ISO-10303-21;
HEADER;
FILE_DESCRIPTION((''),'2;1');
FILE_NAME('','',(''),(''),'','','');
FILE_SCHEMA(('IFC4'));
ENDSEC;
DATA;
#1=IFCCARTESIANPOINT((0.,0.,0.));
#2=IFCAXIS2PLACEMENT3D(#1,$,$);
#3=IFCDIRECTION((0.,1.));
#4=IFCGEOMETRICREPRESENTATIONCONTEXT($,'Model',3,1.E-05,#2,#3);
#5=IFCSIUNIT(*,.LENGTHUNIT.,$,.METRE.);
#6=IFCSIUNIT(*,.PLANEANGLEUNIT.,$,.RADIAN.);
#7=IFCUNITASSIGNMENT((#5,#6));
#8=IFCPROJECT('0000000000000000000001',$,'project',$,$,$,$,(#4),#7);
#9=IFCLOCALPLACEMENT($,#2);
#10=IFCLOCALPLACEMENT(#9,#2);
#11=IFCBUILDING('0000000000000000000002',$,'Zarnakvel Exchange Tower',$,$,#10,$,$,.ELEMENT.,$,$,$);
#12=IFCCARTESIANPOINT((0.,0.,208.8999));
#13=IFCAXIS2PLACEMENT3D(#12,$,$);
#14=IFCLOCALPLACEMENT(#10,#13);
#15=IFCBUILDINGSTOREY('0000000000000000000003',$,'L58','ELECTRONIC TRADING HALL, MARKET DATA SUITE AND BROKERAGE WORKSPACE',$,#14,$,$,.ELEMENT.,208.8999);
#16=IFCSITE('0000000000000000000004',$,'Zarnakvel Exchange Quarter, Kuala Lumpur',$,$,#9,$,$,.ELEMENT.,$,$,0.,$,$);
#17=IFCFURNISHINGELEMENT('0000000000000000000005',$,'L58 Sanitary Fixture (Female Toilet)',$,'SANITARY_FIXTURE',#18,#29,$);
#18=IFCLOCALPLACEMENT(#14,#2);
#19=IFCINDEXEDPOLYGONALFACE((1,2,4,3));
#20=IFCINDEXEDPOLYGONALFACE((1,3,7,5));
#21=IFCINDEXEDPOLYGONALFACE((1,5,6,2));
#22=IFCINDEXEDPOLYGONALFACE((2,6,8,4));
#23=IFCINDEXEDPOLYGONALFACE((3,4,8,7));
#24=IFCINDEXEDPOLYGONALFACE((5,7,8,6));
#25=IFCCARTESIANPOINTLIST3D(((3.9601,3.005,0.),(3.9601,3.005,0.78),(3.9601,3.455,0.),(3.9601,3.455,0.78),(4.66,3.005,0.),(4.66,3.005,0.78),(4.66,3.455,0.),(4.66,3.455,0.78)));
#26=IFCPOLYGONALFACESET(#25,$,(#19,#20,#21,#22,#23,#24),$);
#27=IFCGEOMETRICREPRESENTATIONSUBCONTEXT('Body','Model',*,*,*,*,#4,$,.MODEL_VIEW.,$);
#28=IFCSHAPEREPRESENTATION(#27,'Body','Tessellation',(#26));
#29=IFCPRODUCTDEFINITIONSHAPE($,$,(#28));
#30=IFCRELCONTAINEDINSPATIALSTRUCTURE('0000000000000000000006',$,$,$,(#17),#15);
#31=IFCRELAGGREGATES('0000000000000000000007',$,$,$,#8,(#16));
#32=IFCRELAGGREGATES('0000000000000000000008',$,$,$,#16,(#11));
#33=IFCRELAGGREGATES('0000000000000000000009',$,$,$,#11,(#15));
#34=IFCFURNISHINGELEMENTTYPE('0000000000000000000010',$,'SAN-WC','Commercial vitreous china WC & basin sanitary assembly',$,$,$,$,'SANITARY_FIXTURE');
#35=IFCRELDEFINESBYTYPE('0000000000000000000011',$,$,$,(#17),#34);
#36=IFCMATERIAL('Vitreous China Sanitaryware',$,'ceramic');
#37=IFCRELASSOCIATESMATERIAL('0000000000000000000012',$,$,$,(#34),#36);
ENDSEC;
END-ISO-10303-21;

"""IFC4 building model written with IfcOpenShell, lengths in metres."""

from ifc_helpers import new_model, si_unit, direction, frame, origin, origin_2d, place, context, subcontext, project, spatial, rectangle, extrude, source, transform, mapped, material, type_object, element, save


model = new_model("IFC4")

# Units and contexts
model_context = context("Model", 3, precision=1e-05, world=origin(), true_north=direction((0.0, 1.0)))
body_context = subcontext(model_context, "Body", "Model", "MODEL_VIEW")
ifc_project = project(units=[si_unit("LENGTHUNIT", "METRE"), si_unit("PLANEANGLEUNIT", "RADIAN")], contexts=[model_context])

# Site, building, storey
site_placement = place(None, origin())
site = spatial("IfcSite", under=ifc_project, at=site_placement, Name="Zarnakvel Exchange Quarter, Kuala Lumpur", CompositionType="ELEMENT", RefElevation=0.0)
building_placement = place(site_placement, origin())
building = spatial("IfcBuilding", under=site, at=building_placement, Name="Zarnakvel Exchange Tower", CompositionType="ELEMENT")
storey_placement = place(building_placement, frame((0.0, 0.0, 208.8999)))
storey = spatial("IfcBuildingStorey", under=building, at=storey_placement, Name="L58", Description="ELECTRONIC TRADING HALL, MARKET DATA SUITE AND BROKERAGE WORKSPACE", CompositionType="ELEMENT", Elevation=208.8999)

# Furnishing element
ifc_material_1 = material(Name="Vitreous China Sanitaryware", Category="ceramic")
furnishing_element_type = type_object("IfcFurnishingElementType", Name="SAN-WC", Description="Commercial vitreous china WC & basin sanitary assembly", ElementType="SANITARY_FIXTURE", material=ifc_material_1)
shared_shape_1 = source(origin(), body_context, "Body", "SweptSolid", [
    extrude(rectangle(XDim=0.7, YDim=0.45, at=origin_2d()), origin(), (0.0, 0.0, 1.0), 0.78),
])
furnishing_placement = place(storey_placement, frame((4.3101, 3.23, 0.0), z_axis=(0.0, 0.0, 1.0), x_axis=(1.0, 0.0, 0.0)))
element("IfcFurnishingElement", 1, at=furnishing_placement, inside=storey, type_object=furnishing_element_type, Name="L58 Sanitary Fixture (Female Toilet)", ObjectType="SANITARY_FIXTURE", context=body_context, shape_type="MappedRepresentation", body=[
    mapped(shared_shape_1, transform((0.0, 0.0, 0.0), x_axis=(1.0, 0.0, 0.0), y_axis=(0.0, 1.0, 0.0), z_axis=(0.0, 0.0, 1.0), scale=1.0)),
])

save(model, "model.ifc")
